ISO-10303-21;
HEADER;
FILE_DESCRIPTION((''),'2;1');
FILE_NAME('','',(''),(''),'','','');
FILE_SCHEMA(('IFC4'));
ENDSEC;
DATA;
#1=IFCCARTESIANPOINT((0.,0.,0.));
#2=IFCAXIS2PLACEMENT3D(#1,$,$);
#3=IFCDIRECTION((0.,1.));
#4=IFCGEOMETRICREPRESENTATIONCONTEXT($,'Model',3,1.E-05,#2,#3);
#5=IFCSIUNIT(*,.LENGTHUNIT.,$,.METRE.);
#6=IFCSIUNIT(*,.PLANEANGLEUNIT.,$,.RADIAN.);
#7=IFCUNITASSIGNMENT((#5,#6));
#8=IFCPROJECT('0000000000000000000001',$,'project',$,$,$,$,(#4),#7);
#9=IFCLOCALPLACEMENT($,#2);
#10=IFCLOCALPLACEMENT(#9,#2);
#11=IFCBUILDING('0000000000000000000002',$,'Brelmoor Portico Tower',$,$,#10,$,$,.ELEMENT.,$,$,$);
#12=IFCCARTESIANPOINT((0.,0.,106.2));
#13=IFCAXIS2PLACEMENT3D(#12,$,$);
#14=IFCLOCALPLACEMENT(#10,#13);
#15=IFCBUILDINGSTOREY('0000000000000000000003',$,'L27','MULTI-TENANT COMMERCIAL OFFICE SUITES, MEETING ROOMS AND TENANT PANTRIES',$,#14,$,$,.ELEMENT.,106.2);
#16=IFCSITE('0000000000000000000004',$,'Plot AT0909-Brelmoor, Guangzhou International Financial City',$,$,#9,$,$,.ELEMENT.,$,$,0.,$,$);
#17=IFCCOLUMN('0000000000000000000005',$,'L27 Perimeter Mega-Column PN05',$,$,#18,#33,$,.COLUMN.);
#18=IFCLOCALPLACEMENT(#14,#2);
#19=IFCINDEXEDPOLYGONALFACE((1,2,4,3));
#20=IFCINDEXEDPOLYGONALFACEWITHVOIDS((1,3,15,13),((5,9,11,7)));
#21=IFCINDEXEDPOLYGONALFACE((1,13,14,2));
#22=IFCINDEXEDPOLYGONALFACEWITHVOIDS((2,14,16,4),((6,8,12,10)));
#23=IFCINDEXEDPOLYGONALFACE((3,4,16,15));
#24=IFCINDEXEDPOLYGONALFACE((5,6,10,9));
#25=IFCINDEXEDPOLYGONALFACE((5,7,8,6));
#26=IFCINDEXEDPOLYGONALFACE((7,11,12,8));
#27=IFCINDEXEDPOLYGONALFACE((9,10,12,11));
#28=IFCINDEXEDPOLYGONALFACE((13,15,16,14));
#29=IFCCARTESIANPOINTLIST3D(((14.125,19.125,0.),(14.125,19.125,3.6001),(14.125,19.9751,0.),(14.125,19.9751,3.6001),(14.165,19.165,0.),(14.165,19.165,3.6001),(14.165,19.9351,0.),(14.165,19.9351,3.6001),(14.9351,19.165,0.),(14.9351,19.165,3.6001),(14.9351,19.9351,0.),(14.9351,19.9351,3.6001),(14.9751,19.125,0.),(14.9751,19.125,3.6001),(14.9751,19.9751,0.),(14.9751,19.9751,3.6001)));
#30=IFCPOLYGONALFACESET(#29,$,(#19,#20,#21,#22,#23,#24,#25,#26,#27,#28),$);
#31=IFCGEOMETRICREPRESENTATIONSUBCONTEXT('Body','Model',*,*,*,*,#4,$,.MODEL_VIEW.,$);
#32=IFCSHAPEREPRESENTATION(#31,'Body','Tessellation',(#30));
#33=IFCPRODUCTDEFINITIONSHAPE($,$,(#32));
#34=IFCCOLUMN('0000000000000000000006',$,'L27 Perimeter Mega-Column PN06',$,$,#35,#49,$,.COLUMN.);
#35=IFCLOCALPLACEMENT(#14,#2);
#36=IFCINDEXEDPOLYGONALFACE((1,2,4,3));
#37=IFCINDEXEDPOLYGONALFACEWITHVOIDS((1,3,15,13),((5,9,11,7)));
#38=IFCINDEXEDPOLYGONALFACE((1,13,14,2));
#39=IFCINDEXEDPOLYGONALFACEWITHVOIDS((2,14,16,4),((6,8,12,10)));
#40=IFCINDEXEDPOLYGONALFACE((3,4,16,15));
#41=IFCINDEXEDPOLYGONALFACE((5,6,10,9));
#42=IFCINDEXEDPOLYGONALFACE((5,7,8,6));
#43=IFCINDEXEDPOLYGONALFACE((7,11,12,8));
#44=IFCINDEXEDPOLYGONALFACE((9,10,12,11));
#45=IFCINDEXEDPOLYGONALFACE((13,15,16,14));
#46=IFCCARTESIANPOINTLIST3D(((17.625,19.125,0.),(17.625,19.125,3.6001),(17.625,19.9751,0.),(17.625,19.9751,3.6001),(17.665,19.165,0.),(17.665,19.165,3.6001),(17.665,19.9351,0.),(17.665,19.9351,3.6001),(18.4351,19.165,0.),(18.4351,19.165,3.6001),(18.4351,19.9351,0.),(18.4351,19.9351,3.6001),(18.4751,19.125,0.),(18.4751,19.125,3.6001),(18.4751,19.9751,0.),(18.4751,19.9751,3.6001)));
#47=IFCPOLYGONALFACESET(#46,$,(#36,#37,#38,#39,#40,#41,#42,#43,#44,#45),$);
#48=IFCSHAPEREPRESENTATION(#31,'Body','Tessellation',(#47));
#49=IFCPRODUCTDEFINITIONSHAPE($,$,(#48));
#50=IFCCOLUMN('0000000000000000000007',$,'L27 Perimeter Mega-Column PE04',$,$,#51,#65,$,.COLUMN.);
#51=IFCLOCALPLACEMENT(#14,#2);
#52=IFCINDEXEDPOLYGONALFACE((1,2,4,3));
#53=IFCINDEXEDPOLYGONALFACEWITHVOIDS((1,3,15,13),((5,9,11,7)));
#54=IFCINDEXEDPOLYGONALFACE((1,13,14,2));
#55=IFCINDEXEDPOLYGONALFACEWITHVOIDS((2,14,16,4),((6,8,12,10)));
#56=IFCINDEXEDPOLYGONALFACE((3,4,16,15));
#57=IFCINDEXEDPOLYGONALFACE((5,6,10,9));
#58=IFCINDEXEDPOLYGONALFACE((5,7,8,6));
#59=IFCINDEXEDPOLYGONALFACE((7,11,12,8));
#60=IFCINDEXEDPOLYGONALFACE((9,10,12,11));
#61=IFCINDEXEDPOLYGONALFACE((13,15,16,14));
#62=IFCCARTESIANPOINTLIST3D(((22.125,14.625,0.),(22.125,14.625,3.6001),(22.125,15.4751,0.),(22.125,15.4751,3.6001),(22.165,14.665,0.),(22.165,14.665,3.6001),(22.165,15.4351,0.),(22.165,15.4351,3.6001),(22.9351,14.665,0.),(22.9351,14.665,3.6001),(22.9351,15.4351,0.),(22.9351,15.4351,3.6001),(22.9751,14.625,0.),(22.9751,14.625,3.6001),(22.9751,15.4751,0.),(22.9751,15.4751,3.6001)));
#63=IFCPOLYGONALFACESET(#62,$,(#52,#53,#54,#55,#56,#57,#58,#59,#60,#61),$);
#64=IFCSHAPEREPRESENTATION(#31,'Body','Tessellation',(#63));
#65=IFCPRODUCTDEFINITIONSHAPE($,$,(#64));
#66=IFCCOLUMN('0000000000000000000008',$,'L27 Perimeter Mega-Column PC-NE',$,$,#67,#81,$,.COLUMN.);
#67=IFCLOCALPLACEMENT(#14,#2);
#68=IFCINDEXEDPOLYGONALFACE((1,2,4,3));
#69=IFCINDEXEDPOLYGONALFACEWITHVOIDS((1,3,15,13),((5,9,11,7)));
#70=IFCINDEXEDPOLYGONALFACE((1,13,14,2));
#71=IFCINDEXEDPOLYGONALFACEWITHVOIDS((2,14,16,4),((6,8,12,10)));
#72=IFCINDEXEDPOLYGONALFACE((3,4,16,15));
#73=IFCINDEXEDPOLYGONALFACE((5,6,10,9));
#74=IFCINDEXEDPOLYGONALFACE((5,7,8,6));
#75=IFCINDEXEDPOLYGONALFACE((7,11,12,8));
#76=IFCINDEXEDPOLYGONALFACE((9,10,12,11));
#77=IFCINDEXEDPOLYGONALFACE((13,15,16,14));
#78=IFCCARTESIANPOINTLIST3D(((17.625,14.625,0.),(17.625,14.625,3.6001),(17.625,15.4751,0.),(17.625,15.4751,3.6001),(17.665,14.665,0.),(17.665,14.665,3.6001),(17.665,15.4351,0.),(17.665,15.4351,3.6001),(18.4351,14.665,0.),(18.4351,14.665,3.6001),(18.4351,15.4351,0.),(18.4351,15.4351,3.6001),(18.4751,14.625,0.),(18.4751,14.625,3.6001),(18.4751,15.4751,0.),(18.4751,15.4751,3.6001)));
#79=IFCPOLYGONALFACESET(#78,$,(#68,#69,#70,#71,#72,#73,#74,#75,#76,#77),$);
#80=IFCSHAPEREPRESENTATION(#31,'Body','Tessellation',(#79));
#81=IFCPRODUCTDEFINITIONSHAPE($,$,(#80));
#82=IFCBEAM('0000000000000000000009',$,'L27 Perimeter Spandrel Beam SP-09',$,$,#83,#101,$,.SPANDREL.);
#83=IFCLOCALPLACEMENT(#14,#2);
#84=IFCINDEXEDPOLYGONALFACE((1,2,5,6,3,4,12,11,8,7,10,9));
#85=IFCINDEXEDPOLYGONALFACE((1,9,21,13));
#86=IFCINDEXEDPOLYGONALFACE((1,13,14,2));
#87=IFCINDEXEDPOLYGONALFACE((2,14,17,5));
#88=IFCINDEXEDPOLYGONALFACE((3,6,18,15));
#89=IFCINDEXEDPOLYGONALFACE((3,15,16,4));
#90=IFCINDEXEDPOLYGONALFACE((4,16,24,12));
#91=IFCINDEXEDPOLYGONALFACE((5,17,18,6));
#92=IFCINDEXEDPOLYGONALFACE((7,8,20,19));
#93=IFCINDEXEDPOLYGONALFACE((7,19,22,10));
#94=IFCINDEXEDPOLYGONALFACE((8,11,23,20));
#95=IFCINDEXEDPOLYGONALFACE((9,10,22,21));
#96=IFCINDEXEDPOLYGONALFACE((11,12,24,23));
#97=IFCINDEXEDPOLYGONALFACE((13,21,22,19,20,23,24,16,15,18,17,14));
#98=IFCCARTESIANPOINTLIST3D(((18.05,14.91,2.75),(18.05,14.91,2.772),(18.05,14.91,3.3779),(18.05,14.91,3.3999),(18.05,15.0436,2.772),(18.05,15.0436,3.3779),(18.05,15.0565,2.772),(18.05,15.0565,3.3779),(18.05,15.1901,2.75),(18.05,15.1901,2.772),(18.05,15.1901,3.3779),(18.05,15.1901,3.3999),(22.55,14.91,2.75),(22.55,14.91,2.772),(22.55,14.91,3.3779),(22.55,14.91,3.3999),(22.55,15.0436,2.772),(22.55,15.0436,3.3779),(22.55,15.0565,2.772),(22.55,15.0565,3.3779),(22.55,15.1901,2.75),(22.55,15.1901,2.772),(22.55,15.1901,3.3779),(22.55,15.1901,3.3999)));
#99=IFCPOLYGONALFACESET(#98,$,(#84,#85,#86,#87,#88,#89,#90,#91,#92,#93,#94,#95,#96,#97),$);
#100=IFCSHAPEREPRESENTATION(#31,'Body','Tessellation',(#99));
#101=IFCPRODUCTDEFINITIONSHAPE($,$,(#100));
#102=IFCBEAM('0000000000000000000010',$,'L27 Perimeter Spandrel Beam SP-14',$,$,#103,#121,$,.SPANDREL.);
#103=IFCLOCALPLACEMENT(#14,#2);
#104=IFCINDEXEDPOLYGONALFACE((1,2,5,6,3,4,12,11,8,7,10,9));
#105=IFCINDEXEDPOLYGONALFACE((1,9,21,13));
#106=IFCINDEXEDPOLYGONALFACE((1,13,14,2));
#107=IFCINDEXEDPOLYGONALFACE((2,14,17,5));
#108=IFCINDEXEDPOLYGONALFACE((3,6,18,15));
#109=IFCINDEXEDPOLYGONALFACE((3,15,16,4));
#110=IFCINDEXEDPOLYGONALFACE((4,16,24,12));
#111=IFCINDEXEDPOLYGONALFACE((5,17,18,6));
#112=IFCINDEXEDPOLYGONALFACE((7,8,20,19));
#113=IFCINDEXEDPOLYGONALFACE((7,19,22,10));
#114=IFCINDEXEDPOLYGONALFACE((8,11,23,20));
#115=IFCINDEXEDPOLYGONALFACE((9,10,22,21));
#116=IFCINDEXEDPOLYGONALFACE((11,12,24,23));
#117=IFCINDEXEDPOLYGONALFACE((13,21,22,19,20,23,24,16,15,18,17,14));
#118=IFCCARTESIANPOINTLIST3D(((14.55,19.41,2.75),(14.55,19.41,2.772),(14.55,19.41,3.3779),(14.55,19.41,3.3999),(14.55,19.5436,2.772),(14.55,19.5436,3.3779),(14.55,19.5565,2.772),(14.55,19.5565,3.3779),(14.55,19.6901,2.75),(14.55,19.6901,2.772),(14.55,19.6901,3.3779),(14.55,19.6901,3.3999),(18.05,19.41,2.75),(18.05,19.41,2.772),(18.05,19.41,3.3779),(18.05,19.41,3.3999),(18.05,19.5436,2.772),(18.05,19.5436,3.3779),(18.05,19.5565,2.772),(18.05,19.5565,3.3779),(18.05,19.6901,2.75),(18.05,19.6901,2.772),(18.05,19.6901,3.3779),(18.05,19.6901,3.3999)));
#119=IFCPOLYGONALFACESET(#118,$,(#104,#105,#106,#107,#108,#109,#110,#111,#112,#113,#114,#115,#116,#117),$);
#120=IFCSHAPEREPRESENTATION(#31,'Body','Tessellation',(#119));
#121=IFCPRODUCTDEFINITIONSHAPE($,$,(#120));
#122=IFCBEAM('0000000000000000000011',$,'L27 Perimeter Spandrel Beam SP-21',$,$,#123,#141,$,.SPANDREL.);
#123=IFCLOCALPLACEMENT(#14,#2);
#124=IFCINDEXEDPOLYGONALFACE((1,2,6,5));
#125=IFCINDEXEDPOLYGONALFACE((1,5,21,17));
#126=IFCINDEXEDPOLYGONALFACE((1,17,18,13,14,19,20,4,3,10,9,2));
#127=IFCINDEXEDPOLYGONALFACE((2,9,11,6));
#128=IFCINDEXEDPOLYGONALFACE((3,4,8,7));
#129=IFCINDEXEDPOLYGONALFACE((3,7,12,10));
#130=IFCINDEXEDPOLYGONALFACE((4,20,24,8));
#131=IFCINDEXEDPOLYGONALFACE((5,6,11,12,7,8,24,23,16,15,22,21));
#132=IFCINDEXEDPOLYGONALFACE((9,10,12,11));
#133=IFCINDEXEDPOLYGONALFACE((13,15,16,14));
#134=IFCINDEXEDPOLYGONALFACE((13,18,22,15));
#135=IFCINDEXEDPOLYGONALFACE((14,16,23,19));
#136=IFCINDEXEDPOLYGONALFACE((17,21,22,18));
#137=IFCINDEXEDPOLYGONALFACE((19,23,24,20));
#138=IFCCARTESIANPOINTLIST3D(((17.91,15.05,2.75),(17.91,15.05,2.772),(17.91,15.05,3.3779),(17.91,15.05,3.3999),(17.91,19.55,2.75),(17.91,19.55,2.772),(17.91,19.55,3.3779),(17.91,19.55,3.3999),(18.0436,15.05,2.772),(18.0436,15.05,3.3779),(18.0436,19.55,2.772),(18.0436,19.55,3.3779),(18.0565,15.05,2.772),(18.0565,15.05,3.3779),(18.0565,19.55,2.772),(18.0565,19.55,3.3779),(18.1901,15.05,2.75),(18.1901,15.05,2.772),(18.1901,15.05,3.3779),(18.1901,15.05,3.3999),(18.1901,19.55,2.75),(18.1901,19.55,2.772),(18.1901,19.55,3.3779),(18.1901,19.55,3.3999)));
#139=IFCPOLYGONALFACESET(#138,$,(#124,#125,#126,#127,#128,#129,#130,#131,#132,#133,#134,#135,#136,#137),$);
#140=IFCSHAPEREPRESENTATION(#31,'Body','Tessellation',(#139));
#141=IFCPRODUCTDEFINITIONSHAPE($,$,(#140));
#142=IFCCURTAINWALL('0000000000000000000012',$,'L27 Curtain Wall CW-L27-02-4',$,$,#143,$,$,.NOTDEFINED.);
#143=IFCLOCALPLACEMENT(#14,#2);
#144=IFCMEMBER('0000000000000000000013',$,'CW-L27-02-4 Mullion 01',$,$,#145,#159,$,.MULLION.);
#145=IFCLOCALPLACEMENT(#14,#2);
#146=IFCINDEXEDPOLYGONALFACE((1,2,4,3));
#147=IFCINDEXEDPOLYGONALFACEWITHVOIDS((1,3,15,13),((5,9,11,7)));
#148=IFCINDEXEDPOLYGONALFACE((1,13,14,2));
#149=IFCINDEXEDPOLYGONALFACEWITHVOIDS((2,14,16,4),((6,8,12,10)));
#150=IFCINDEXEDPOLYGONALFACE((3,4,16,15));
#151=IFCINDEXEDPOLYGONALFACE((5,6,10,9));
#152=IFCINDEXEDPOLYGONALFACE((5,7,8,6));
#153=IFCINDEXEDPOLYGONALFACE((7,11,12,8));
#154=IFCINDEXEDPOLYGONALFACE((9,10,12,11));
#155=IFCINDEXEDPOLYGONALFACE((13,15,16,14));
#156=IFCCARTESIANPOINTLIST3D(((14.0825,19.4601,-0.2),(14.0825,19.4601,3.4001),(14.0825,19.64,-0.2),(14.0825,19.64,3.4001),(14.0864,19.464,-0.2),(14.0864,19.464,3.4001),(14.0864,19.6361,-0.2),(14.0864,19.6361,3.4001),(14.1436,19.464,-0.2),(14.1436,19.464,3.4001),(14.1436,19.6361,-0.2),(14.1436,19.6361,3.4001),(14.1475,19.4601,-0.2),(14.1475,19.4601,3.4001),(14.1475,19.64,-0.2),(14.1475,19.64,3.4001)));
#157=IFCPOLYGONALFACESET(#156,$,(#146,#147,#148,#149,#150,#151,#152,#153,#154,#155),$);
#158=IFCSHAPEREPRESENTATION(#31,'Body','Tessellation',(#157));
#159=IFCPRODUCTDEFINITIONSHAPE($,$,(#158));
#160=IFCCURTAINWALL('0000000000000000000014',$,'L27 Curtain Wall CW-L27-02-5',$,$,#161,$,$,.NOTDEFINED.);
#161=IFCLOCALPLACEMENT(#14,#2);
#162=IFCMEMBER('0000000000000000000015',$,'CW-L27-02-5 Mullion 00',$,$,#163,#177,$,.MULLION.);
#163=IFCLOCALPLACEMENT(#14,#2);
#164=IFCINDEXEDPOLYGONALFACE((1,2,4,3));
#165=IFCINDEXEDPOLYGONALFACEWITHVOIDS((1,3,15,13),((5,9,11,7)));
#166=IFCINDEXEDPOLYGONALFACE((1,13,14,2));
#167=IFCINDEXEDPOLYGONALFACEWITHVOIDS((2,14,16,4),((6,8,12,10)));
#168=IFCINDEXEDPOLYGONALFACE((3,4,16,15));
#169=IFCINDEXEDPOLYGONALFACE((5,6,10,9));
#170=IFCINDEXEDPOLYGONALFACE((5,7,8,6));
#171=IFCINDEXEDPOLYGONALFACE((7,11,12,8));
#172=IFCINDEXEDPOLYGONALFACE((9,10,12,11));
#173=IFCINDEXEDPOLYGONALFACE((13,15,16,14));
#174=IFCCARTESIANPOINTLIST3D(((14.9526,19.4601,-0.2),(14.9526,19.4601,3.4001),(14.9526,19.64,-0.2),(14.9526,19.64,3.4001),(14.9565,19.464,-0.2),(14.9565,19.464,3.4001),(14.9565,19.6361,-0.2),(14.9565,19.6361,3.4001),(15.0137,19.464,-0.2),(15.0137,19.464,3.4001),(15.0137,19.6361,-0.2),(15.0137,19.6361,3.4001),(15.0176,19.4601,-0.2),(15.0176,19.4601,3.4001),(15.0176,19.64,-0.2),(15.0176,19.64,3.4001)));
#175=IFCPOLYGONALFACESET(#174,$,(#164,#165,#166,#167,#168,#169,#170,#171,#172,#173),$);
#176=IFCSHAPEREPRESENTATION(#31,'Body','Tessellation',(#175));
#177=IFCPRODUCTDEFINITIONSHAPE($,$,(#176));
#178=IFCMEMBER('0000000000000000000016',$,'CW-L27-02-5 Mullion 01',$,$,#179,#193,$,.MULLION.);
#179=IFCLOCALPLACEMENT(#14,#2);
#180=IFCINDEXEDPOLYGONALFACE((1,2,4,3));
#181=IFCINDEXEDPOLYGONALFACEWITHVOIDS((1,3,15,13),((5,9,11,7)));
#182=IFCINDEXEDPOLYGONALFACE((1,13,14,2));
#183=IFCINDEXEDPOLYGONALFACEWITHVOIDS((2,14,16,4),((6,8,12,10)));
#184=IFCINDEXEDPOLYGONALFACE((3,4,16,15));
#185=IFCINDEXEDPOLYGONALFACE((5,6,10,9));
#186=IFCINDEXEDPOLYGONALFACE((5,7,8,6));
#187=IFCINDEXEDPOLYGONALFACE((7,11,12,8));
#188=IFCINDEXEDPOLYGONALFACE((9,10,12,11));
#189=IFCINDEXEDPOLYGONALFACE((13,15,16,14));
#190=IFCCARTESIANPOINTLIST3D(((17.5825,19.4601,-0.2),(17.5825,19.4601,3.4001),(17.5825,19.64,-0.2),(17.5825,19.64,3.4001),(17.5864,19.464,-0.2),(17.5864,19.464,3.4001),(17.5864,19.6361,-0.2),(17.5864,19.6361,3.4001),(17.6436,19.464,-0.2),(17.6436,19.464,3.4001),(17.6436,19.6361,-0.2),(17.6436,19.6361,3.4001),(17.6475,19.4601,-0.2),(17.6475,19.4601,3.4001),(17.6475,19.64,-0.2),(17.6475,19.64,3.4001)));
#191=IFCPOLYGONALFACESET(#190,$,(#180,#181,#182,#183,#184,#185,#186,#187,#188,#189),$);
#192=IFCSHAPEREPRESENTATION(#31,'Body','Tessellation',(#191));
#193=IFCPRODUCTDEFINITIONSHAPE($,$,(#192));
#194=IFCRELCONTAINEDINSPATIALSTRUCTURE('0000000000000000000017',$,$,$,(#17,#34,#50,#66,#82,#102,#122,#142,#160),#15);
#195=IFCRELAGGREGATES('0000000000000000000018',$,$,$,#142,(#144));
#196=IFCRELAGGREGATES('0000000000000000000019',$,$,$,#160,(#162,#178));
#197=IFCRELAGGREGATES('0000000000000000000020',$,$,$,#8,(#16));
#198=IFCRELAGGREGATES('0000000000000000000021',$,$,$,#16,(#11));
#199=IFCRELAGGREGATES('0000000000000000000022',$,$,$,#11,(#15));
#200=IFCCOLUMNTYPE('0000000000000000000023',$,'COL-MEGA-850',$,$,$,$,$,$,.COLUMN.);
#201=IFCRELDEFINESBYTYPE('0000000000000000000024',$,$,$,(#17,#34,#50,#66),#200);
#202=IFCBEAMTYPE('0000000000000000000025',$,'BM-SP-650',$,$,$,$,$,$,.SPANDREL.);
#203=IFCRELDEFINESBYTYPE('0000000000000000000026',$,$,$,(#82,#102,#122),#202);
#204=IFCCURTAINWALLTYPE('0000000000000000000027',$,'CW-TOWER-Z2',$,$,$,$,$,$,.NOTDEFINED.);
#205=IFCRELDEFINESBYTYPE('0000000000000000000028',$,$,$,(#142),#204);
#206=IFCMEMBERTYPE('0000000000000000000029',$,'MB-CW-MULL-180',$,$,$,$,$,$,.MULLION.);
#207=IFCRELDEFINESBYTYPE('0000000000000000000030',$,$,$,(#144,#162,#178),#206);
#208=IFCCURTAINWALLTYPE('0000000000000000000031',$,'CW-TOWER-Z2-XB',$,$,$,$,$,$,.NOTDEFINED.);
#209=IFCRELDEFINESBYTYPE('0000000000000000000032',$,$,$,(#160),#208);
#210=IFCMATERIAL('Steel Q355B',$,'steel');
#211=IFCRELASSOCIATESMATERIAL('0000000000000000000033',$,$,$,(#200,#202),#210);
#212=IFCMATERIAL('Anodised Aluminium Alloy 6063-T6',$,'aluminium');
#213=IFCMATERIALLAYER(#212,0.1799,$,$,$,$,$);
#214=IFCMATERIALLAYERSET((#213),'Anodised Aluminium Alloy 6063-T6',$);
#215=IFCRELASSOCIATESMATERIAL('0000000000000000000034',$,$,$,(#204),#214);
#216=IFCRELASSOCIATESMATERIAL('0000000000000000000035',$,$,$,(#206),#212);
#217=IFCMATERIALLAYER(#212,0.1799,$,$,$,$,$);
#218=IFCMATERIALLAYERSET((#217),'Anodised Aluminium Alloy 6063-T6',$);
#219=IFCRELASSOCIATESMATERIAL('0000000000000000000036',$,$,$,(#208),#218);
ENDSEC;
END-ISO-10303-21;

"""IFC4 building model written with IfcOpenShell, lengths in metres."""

from ifc_helpers import new_model, si_unit, direction, frame, origin, origin_2d, place, context, subcontext, project, spatial, hollow_rectangle, i_section, extrude, material, layer, layer_set, material_profile, profile_set, type_object, element, aggregate, save


model = new_model("IFC4")

# Units and contexts
model_context = context("Model", 3, precision=1e-05, world=origin(), true_north=direction((0.0, 1.0)))
body_context = subcontext(model_context, "Body", "Model", "MODEL_VIEW")
ifc_project = project(units=[si_unit("LENGTHUNIT", "METRE"), si_unit("PLANEANGLEUNIT", "RADIAN")], contexts=[model_context])

# Site, building, storey
site_placement = place(None, origin())
site = spatial("IfcSite", under=ifc_project, at=site_placement, Name="Plot AT0909-Brelmoor, Guangzhou International Financial City", CompositionType="ELEMENT", RefElevation=0.0)
building_placement = place(site_placement, origin())
building = spatial("IfcBuilding", under=site, at=building_placement, Name="Brelmoor Portico Tower", CompositionType="ELEMENT")
storey_placement = place(building_placement, frame((0.0, 0.0, 106.2)))
storey = spatial("IfcBuildingStorey", under=building, at=storey_placement, Name="L27", Description="MULTI-TENANT COMMERCIAL OFFICE SUITES, MEETING ROOMS AND TENANT PANTRIES", CompositionType="ELEMENT", Elevation=106.2)

# Columns
ifc_material_1 = material(Name="Steel Q355B", Category="steel")
ifc_material_profile_1 = material_profile(ifc_material_1, hollow_rectangle(XDim=0.8501, YDim=0.8501, WallThickness=0.04, at=origin_2d()), Name="BOX 850x850x40")
ifc_profile_set_1 = profile_set([ifc_material_profile_1], Name="Steel Q355B")
column_type = type_object("IfcColumnType", Name="COL-MEGA-850", PredefinedType="COLUMN", material=ifc_profile_set_1)
for number, where, z_axis, x_axis, name in (
    (1, (14.55, 19.55, 0.0), (0.0, 0.0, 1.0), (1.0, 0.0, 0.0), "L27 Perimeter Mega-Column PN05"),
    (2, (18.05, 19.55, 0.0), (0.0, 0.0, 1.0), (1.0, 0.0, 0.0), "L27 Perimeter Mega-Column PN06"),
    (3, (22.55, 15.05, 0.0), (0.0, 0.0, 1.0), (0.0, 1.0, 0.0), "L27 Perimeter Mega-Column PE04"),
    (4, (18.05, 15.05, 0.0), (0.0, 0.0, 1.0), (1.0, 0.0, 0.0), "L27 Perimeter Mega-Column PC-NE"),
):
    element("IfcColumn", number, at=place(storey_placement, frame(where, z_axis=z_axis, x_axis=x_axis)), inside=storey, type_object=column_type, Name=name, PredefinedType="COLUMN", context=body_context, shape_type="SweptSolid", body=[
        extrude(hollow_rectangle(XDim=0.8501, YDim=0.8501, WallThickness=0.04, at=origin_2d()), origin(), (0.0, 0.0, 1.0), 3.6001),
    ])

# Beams
ifc_material_profile_2 = material_profile(ifc_material_1, i_section(OverallWidth=0.28, OverallDepth=0.6499, WebThickness=0.0129, FlangeThickness=0.022, at=origin_2d()), Name="HN 650x280x13x22")
ifc_profile_set_2 = profile_set([ifc_material_profile_2], Name="Steel Q355B")
beam_type = type_object("IfcBeamType", Name="BM-SP-650", PredefinedType="SPANDREL", material=ifc_profile_set_2)
beam_1_placement = place(storey_placement, frame((18.05, 15.05, 3.075), z_axis=(1.0, 0.0, 0.0), x_axis=(0.0, 1.0, 0.0)))
element("IfcBeam", 5, at=beam_1_placement, inside=storey, type_object=beam_type, Name="L27 Perimeter Spandrel Beam SP-09", PredefinedType="SPANDREL", context=body_context, shape_type="SweptSolid", body=[
    extrude(i_section(OverallWidth=0.28, OverallDepth=0.6499, WebThickness=0.0129, FlangeThickness=0.022, at=origin_2d()), origin(), (0.0, 0.0, 1.0), 4.5),
])
beam_2_placement = place(storey_placement, frame((14.55, 19.55, 3.075), z_axis=(1.0, 0.0, 0.0), x_axis=(0.0, 1.0, 0.0)))
element("IfcBeam", 6, at=beam_2_placement, inside=storey, type_object=beam_type, Name="L27 Perimeter Spandrel Beam SP-14", PredefinedType="SPANDREL", context=body_context, shape_type="SweptSolid", body=[
    extrude(i_section(OverallWidth=0.28, OverallDepth=0.6499, WebThickness=0.0129, FlangeThickness=0.022, at=origin_2d()), origin(), (0.0, 0.0, 1.0), 3.5),
])
beam_3_placement = place(storey_placement, frame((18.05, 15.05, 3.075), z_axis=(0.0, 1.0, 0.0), x_axis=(-1.0, 0.0, 0.0)))
element("IfcBeam", 7, at=beam_3_placement, inside=storey, type_object=beam_type, Name="L27 Perimeter Spandrel Beam SP-21", PredefinedType="SPANDREL", context=body_context, shape_type="SweptSolid", body=[
    extrude(i_section(OverallWidth=0.28, OverallDepth=0.6499, WebThickness=0.0129, FlangeThickness=0.022, at=origin_2d()), origin(), (0.0, 0.0, 1.0), 4.5),
])

# Curtain wall, member
ifc_material_2 = material(Name="Anodised Aluminium Alloy 6063-T6", Category="aluminium")
ifc_layer_1 = layer(ifc_material_2, 0.1799)
ifc_layer_set_1 = layer_set([ifc_layer_1], Name="Anodised Aluminium Alloy 6063-T6")
curtain_wall_type_1 = type_object("IfcCurtainWallType", Name="CW-TOWER-Z2", PredefinedType="NOTDEFINED", material=ifc_layer_set_1)
curtain_wall_1_placement = place(storey_placement, origin())
curtain_wall_1 = element("IfcCurtainWall", 8, at=curtain_wall_1_placement, inside=storey, type_object=curtain_wall_type_1, Name="L27 Curtain Wall CW-L27-02-4", PredefinedType="NOTDEFINED")
ifc_material_profile_3 = material_profile(ifc_material_2, hollow_rectangle(XDim=0.0649, YDim=0.1799, WallThickness=0.0039, at=origin_2d()), Name="ALU MULLION 65x180")
ifc_profile_set_3 = profile_set([ifc_material_profile_3], Name="Anodised Aluminium Alloy 6063-T6")
member_type_1 = type_object("IfcMemberType", Name="MB-CW-MULL-180", PredefinedType="MULLION", material=ifc_profile_set_3)
member_1_placement = place(storey_placement, frame((14.115, 19.55, -0.2), z_axis=(0.0, 0.0, 1.0), x_axis=(1.0, 0.0, 0.0)))
member_1 = element("IfcMember", 9, at=member_1_placement, type_object=member_type_1, Name="CW-L27-02-4 Mullion 01", PredefinedType="MULLION", context=body_context, shape_type="SweptSolid", body=[
    extrude(hollow_rectangle(XDim=0.0649, YDim=0.1799, WallThickness=0.0039, at=origin_2d()), origin(), (0.0, 0.0, 1.0), 3.6001),
])
aggregate(curtain_wall_1, [member_1])

# Curtain wall, members
ifc_layer_2 = layer(ifc_material_2, 0.1799)
ifc_layer_set_2 = layer_set([ifc_layer_2], Name="Anodised Aluminium Alloy 6063-T6")
curtain_wall_type_2 = type_object("IfcCurtainWallType", Name="CW-TOWER-Z2-XB", PredefinedType="NOTDEFINED", material=ifc_layer_set_2)
curtain_wall_2_placement = place(storey_placement, origin())
curtain_wall_2 = element("IfcCurtainWall", 10, at=curtain_wall_2_placement, inside=storey, type_object=curtain_wall_type_2, Name="L27 Curtain Wall CW-L27-02-5", PredefinedType="NOTDEFINED")
member_2_placement = place(storey_placement, frame((14.9851, 19.55, -0.2), z_axis=(0.0, 0.0, 1.0), x_axis=(1.0, 0.0, 0.0)))
member_2 = element("IfcMember", 11, at=member_2_placement, type_object=member_type_1, Name="CW-L27-02-5 Mullion 00", PredefinedType="MULLION", context=body_context, shape_type="SweptSolid", body=[
    extrude(hollow_rectangle(XDim=0.0649, YDim=0.1799, WallThickness=0.0039, at=origin_2d()), origin(), (0.0, 0.0, 1.0), 3.6001),
])
member_3_placement = place(storey_placement, frame((17.615, 19.55, -0.2), z_axis=(0.0, 0.0, 1.0), x_axis=(1.0, 0.0, 0.0)))
member_3 = element("IfcMember", 12, at=member_3_placement, type_object=member_type_1, Name="CW-L27-02-5 Mullion 01", PredefinedType="MULLION", context=body_context, shape_type="SweptSolid", body=[
    extrude(hollow_rectangle(XDim=0.0649, YDim=0.1799, WallThickness=0.0039, at=origin_2d()), origin(), (0.0, 0.0, 1.0), 3.6001),
])

aggregate(curtain_wall_2, [member_2, member_3])

save(model, "model.ifc")
